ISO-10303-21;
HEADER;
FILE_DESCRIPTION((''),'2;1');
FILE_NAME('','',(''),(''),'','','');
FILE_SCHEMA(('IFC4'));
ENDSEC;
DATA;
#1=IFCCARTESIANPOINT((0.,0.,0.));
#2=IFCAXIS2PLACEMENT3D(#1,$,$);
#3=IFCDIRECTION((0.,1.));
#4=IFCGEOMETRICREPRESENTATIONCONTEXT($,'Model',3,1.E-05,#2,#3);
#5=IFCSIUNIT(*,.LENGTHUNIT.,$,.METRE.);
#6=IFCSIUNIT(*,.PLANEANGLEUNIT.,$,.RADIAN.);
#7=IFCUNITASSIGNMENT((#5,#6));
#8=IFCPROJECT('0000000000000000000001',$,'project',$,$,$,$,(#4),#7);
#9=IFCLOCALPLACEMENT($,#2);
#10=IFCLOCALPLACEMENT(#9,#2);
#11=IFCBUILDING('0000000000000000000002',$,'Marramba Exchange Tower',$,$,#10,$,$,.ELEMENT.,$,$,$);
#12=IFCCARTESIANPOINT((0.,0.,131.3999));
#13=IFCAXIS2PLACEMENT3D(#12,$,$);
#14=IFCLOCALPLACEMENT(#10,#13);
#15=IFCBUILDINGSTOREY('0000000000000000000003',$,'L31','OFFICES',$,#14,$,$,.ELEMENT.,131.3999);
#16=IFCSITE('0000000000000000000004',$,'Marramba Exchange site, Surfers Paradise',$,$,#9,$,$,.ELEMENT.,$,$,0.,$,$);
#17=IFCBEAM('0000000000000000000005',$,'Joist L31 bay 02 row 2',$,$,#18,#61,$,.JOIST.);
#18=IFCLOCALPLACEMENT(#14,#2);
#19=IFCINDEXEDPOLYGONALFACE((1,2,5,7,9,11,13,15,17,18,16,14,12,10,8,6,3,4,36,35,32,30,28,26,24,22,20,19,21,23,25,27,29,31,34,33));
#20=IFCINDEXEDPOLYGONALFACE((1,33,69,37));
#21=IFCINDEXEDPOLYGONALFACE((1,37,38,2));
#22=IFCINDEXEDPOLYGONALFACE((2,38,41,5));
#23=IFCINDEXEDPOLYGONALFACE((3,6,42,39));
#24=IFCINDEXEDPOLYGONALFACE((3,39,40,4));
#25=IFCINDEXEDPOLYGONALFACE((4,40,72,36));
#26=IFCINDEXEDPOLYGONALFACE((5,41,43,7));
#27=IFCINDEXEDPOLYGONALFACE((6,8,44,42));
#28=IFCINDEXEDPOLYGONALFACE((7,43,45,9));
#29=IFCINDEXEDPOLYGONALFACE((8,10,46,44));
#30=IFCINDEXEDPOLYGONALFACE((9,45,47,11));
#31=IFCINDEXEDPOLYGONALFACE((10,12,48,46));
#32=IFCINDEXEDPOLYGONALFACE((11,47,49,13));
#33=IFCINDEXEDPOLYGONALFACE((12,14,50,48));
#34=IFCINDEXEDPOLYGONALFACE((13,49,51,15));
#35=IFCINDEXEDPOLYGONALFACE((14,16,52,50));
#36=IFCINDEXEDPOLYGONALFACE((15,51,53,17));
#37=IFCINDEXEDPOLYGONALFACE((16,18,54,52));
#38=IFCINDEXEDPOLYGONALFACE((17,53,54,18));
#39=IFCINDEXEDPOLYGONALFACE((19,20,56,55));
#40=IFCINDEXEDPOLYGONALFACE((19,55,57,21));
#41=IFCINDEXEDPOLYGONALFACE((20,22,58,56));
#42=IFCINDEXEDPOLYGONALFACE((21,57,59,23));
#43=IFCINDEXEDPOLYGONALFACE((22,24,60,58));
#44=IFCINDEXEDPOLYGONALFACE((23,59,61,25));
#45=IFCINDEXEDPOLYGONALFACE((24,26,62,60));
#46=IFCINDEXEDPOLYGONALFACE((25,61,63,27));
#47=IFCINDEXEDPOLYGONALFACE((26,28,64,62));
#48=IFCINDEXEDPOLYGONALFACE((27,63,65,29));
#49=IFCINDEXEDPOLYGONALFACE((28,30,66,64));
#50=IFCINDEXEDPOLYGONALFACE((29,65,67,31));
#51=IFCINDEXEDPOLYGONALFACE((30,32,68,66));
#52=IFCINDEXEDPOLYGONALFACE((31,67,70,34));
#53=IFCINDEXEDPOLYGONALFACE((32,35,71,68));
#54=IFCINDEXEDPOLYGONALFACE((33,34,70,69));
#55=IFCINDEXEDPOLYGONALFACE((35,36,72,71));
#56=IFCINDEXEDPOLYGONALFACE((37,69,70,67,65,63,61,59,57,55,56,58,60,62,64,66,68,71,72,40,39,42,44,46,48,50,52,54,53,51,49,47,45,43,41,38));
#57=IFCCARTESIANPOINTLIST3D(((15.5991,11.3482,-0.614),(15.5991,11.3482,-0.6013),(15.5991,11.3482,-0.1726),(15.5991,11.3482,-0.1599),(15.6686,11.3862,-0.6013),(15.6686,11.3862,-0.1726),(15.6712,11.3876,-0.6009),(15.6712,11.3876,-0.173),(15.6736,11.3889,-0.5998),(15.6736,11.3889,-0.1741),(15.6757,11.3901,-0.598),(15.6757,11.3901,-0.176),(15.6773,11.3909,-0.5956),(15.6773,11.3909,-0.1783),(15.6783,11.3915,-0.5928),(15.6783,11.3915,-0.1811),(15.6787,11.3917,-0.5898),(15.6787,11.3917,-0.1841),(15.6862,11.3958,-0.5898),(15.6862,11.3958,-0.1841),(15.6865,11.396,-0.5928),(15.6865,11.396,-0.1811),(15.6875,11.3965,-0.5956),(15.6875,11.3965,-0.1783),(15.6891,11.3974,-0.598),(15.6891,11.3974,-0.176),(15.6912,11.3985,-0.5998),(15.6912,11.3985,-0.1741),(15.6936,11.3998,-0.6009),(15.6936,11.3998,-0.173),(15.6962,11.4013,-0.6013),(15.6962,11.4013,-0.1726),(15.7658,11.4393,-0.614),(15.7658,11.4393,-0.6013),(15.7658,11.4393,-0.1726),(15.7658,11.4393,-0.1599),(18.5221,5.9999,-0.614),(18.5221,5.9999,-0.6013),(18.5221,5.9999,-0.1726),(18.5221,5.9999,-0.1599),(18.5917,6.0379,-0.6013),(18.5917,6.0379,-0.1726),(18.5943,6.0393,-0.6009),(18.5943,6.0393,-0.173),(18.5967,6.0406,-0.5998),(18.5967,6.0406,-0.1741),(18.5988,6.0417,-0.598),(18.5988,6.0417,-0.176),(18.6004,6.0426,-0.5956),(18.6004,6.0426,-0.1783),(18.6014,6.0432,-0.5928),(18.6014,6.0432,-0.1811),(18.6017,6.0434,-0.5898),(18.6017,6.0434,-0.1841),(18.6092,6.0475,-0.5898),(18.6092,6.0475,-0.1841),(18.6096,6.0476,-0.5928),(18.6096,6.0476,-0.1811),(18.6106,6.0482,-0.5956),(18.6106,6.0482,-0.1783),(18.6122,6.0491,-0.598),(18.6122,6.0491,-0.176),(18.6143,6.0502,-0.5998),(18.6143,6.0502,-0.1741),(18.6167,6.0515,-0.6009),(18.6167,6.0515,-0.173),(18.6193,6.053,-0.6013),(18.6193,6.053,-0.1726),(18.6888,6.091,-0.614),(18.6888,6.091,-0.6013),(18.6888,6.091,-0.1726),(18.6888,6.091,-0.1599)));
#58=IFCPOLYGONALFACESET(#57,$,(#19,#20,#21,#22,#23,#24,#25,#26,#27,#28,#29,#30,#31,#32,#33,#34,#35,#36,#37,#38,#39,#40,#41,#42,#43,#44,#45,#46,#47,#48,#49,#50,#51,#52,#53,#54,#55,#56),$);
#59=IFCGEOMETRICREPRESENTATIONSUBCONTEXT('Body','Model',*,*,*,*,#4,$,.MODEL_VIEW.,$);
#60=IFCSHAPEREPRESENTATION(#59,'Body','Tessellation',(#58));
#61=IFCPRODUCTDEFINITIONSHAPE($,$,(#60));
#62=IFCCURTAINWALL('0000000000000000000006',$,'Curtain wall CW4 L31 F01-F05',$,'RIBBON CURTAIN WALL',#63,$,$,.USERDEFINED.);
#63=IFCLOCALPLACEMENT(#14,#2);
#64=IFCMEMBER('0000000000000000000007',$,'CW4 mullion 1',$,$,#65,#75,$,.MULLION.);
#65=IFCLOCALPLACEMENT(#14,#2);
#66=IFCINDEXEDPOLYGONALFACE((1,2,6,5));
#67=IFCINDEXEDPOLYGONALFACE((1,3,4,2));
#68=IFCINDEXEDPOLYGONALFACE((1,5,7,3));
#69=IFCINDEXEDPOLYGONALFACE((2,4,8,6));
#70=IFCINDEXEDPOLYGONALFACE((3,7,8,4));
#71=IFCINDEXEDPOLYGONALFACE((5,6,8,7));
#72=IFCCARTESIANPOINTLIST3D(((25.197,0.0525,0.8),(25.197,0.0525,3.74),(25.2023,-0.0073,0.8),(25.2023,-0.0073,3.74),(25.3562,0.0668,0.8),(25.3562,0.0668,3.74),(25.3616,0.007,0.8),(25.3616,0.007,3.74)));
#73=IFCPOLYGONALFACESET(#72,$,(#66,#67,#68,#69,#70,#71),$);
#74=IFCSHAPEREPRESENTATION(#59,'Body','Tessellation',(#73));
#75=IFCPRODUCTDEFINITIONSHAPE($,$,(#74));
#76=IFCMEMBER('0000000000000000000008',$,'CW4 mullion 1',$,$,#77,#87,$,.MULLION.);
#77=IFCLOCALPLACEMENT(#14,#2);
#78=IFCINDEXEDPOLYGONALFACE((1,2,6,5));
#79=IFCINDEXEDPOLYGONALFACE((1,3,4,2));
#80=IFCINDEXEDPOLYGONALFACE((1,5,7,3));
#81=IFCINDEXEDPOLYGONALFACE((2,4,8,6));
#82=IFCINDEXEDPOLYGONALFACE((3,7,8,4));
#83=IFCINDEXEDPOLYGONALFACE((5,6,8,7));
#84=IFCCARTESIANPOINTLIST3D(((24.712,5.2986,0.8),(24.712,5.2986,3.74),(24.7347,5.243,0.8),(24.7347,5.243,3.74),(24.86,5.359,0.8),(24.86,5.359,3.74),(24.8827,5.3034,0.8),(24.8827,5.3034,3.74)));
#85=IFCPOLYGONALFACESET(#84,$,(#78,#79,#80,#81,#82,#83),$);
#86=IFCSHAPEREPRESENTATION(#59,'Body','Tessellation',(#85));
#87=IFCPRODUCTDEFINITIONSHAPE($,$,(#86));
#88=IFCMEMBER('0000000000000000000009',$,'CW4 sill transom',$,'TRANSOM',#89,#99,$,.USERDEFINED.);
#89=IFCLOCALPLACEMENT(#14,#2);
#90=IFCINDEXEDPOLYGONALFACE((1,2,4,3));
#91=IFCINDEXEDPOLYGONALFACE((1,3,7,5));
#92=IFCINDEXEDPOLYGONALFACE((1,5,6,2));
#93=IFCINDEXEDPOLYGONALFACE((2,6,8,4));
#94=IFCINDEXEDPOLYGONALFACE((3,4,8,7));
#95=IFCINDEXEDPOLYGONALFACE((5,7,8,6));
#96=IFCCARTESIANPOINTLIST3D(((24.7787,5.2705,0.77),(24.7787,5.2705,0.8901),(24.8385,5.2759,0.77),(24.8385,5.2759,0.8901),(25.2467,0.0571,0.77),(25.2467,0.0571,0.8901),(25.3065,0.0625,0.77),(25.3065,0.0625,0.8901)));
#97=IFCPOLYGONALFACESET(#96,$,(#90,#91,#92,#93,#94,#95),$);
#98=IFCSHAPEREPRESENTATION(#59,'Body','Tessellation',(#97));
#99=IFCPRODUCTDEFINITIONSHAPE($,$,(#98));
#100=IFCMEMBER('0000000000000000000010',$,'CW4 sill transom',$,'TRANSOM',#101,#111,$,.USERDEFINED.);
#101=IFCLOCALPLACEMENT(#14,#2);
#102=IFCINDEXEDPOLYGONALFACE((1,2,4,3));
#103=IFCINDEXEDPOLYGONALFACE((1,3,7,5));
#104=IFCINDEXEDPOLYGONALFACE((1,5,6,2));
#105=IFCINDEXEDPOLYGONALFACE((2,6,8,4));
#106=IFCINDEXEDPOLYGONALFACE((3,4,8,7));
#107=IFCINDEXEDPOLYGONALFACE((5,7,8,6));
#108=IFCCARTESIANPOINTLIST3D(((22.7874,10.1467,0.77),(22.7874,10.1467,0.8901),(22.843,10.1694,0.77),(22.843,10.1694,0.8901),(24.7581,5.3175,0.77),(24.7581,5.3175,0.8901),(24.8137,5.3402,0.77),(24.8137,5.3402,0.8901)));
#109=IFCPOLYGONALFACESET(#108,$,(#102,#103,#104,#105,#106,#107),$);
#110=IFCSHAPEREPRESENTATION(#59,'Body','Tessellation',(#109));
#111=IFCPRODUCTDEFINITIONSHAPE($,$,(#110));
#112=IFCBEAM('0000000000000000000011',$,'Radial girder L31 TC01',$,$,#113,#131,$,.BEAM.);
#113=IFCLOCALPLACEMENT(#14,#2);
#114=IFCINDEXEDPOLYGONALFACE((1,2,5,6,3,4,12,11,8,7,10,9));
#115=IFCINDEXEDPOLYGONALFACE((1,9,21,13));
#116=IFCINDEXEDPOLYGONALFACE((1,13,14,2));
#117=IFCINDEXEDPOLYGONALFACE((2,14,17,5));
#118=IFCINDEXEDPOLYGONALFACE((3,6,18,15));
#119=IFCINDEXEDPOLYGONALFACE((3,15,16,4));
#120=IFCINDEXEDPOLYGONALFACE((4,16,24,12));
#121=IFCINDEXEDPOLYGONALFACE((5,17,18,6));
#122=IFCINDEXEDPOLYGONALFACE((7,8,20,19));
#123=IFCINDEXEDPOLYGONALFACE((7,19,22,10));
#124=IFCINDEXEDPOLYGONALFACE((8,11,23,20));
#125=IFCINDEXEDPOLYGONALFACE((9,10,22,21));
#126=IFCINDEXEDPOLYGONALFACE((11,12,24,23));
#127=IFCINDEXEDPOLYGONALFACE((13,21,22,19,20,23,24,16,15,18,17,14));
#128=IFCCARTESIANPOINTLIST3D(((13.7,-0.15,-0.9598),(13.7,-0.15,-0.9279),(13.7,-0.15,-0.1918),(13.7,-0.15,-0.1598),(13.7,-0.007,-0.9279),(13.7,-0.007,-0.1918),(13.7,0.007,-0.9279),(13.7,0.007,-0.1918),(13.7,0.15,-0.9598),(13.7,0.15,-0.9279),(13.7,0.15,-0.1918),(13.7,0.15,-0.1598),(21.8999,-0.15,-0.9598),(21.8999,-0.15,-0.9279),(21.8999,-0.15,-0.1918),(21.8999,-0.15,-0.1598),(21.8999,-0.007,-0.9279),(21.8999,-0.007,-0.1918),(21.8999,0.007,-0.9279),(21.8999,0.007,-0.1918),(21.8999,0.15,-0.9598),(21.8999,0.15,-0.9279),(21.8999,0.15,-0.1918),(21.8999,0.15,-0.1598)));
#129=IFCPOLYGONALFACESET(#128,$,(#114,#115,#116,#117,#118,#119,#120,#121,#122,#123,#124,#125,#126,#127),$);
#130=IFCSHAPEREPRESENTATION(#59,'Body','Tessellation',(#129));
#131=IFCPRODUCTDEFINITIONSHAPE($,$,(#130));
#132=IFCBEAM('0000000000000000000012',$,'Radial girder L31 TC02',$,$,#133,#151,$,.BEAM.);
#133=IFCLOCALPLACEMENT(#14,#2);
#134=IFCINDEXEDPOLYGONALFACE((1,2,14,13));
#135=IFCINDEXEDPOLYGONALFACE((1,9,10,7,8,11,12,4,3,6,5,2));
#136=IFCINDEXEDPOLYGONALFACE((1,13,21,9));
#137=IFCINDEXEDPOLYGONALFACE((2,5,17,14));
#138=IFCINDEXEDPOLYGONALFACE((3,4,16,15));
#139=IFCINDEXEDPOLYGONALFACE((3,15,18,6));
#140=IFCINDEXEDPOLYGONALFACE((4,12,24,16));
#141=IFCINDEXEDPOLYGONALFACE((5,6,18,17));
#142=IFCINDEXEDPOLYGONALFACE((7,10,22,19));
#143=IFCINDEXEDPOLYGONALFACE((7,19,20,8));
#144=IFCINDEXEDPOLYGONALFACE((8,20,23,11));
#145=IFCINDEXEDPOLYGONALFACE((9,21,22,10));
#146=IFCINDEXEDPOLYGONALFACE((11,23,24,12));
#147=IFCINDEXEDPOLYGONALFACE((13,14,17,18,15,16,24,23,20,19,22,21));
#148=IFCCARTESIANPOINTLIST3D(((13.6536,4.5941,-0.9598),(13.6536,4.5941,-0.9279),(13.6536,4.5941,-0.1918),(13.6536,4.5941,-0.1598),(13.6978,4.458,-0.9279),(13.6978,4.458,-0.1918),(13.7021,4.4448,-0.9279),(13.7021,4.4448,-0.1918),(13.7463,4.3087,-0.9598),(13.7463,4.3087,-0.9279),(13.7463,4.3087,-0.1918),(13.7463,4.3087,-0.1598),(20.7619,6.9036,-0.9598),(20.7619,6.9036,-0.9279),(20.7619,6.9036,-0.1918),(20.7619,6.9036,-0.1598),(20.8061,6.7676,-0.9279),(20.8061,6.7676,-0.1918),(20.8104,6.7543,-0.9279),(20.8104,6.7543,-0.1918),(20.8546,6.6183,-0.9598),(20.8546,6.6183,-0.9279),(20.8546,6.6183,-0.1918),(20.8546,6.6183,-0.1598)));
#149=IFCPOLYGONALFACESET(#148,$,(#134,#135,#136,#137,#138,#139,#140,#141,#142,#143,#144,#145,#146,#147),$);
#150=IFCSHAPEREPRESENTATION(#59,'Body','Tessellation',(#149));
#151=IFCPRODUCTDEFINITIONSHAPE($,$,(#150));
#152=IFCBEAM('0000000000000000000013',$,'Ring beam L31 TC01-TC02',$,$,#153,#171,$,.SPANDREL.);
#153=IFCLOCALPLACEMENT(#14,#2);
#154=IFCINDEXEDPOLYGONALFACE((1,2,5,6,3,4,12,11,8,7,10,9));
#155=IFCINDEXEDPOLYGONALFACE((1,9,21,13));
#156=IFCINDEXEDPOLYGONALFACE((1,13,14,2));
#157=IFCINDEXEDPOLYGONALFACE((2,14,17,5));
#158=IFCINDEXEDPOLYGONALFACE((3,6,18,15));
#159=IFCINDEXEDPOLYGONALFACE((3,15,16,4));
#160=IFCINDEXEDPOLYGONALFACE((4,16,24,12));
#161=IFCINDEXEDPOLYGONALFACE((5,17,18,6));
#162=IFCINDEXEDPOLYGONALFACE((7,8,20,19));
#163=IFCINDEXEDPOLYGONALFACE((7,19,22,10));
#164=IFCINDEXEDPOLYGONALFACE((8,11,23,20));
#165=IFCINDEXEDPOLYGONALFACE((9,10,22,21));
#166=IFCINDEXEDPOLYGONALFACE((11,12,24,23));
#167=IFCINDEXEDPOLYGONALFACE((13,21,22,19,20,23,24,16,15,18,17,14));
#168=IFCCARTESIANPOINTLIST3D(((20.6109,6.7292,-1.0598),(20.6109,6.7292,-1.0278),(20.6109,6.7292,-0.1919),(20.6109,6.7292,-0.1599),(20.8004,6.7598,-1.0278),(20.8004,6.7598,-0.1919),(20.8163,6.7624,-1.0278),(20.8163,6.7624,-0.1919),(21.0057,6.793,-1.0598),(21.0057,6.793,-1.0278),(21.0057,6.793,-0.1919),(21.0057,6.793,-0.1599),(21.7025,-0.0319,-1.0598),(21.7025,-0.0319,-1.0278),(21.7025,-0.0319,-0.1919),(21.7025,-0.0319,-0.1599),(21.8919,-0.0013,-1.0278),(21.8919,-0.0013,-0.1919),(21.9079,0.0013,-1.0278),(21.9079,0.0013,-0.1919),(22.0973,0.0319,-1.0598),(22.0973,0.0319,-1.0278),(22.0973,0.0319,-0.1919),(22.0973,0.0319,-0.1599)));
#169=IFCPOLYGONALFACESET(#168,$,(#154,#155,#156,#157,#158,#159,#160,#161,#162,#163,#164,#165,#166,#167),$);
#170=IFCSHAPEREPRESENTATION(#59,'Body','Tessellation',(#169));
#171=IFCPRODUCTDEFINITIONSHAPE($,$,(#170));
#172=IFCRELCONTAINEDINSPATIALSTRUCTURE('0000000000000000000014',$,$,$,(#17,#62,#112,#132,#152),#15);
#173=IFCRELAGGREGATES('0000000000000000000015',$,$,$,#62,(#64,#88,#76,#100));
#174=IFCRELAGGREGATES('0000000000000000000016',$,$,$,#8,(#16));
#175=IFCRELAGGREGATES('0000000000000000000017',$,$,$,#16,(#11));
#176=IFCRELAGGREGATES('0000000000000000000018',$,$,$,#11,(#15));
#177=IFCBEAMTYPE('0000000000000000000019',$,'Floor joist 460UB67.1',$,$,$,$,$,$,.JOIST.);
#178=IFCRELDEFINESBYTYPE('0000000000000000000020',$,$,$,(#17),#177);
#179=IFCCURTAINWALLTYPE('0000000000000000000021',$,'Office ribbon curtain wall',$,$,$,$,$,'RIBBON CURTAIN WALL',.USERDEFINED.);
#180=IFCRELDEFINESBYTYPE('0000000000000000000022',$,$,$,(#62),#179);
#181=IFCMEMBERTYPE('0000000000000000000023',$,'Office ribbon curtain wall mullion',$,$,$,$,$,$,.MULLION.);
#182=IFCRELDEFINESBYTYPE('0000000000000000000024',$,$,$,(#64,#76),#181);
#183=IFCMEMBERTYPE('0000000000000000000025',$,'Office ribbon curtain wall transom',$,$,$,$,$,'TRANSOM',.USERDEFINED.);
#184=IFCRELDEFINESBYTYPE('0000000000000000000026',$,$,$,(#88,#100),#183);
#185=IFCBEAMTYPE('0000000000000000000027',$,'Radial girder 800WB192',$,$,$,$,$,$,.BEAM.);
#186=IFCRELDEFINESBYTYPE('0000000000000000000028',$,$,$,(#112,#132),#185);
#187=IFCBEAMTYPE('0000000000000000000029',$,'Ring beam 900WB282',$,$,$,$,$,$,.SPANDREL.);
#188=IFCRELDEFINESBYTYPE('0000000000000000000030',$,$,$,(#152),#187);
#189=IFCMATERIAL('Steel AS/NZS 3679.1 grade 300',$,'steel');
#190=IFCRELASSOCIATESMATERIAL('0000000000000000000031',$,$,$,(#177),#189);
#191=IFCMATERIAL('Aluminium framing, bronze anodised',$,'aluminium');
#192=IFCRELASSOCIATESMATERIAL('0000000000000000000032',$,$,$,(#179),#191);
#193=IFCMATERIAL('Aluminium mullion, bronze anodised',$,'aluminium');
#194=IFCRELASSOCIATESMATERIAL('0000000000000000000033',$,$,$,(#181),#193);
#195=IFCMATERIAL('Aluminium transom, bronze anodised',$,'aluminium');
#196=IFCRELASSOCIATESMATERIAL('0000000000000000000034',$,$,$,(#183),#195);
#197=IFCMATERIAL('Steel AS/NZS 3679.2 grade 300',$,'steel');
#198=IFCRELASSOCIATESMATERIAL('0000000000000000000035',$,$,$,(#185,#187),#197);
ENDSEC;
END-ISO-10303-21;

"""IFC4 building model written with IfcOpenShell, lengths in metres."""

from ifc_helpers import new_model, si_unit, direction, frame, origin, origin_2d, place, context, subcontext, project, spatial, rectangle, i_section, extrude, material, material_profile, profile_set, type_object, element, aggregate, save


model = new_model("IFC4")

# Units and contexts
model_context = context("Model", 3, precision=1e-05, world=origin(), true_north=direction((0.0, 1.0)))
body_context = subcontext(model_context, "Body", "Model", "MODEL_VIEW")
ifc_project = project(units=[si_unit("LENGTHUNIT", "METRE"), si_unit("PLANEANGLEUNIT", "RADIAN")], contexts=[model_context])

# Site, building, storey
site_placement = place(None, origin())
site = spatial("IfcSite", under=ifc_project, at=site_placement, Name="Marramba Exchange site, Surfers Paradise", CompositionType="ELEMENT", RefElevation=0.0)
building_placement = place(site_placement, origin())
building = spatial("IfcBuilding", under=site, at=building_placement, Name="Marramba Exchange Tower", CompositionType="ELEMENT")
storey_placement = place(building_placement, frame((0.0, 0.0, 131.3999)))
storey = spatial("IfcBuildingStorey", under=building, at=storey_placement, Name="L31", Description="OFFICES", CompositionType="ELEMENT", Elevation=131.3999)

# Beam
ifc_material_1 = material(Name="Steel AS/NZS 3679.2 grade 300", Category="steel")
ifc_material_2 = material(Name="Steel AS/NZS 3679.1 grade 300", Category="steel")
ifc_material_profile_1 = material_profile(ifc_material_2, i_section(OverallWidth=0.1899, OverallDepth=0.4541, WebThickness=0.0085, FlangeThickness=0.0127, FilletRadius=0.0115, at=origin_2d()), Name="460UB67.1")
ifc_profile_set_1 = profile_set([ifc_material_profile_1], Name="Steel AS/NZS 3679.1 grade 300")
beam_type_1 = type_object("IfcBeamType", Name="Floor joist 460UB67.1", PredefinedType="JOIST", material=ifc_profile_set_1)
beam_1_placement = place(storey_placement, frame((18.6055, 6.0454, -0.387), z_axis=(-0.479584, 0.877496, 0.0), x_axis=(-0.877496, -0.479584, 0.0)))
element("IfcBeam", 1, at=beam_1_placement, inside=storey, type_object=beam_type_1, Name="Joist L31 bay 02 row 2", PredefinedType="JOIST", context=body_context, shape_type="SweptSolid", body=[
    extrude(i_section(OverallWidth=0.1899, OverallDepth=0.4541, WebThickness=0.0085, FlangeThickness=0.0127, FilletRadius=0.0115, at=origin_2d()), origin(), (0.0, 0.0, 1.0), 6.095),
])

# Curtain wall, members
ifc_material_3 = material(Name="Aluminium framing, bronze anodised", Category="aluminium")
curtain_wall_type = type_object("IfcCurtainWallType", Name="Office ribbon curtain wall", ElementType="RIBBON CURTAIN WALL", PredefinedType="USERDEFINED", material=ifc_material_3)
curtain_wall_placement = place(storey_placement, origin())
curtain_wall = element("IfcCurtainWall", 2, at=curtain_wall_placement, inside=storey, type_object=curtain_wall_type, Name="Curtain wall CW4 L31 F01-F05", ObjectType="RIBBON CURTAIN WALL", PredefinedType="USERDEFINED")
ifc_material_4 = material(Name="Aluminium mullion, bronze anodised", Category="aluminium")
ifc_material_profile_2 = material_profile(ifc_material_4, rectangle(XDim=0.1599, YDim=0.0601, at=origin_2d()), Name="CW4 mullion 60x160")
ifc_profile_set_2 = profile_set([ifc_material_profile_2], Name="Aluminium mullion, bronze anodised")
member_type_1 = type_object("IfcMemberType", Name="Office ribbon curtain wall mullion", PredefinedType="MULLION", material=ifc_profile_set_2)
member_1_placement = place(storey_placement, frame((25.2793, 0.0298, 0.8), z_axis=(0.0, 0.0, 1.0), x_axis=(-0.995995, -0.089413, 0.0)))
member_1 = element("IfcMember", 3, at=member_1_placement, type_object=member_type_1, Name="CW4 mullion 1", PredefinedType="MULLION", context=body_context, shape_type="SweptSolid", body=[
    extrude(rectangle(XDim=0.1599, YDim=0.0601, at=origin_2d()), origin(), (0.0, 0.0, 1.0), 2.9399),
])
member_2_placement = place(storey_placement, frame((24.7974, 5.301, 0.8), z_axis=(0.0, 0.0, 1.0), x_axis=(-0.925879, -0.377821, 0.0)))
member_2 = element("IfcMember", 4, at=member_2_placement, type_object=member_type_1, Name="CW4 mullion 1", PredefinedType="MULLION", context=body_context, shape_type="SweptSolid", body=[
    extrude(rectangle(XDim=0.1599, YDim=0.0601, at=origin_2d()), origin(), (0.0, 0.0, 1.0), 2.9399),
])
ifc_material_5 = material(Name="Aluminium transom, bronze anodised", Category="aluminium")
ifc_material_profile_3 = material_profile(ifc_material_5, rectangle(XDim=0.0601, YDim=0.1201, at=origin_2d()), Name="CW4 transom 60x120")
ifc_profile_set_3 = profile_set([ifc_material_profile_3], Name="Aluminium transom, bronze anodised")
member_type_2 = type_object("IfcMemberType", Name="Office ribbon curtain wall transom", ElementType="TRANSOM", PredefinedType="USERDEFINED", material=ifc_profile_set_3)
member_3_placement = place(storey_placement, frame((25.2766, 0.0598, 0.8301), z_axis=(-0.089413, 0.995995, 0.0), x_axis=(-0.995995, -0.089413, 0.0)))
member_3 = element("IfcMember", 5, at=member_3_placement, type_object=member_type_2, Name="CW4 sill transom", ObjectType="TRANSOM", PredefinedType="USERDEFINED", context=body_context, shape_type="SweptSolid", body=[
    extrude(rectangle(XDim=0.0601, YDim=0.1201, at=origin_2d()), origin(), (0.0, 0.0, 1.0), 5.2344),
])
member_4_placement = place(storey_placement, frame((24.7859, 5.3289, 0.8301), z_axis=(-0.377838, 0.925872, 0.0), x_axis=(-0.925872, -0.377838, 0.0)))
member_4 = element("IfcMember", 6, at=member_4_placement, type_object=member_type_2, Name="CW4 sill transom", ObjectType="TRANSOM", PredefinedType="USERDEFINED", context=body_context, shape_type="SweptSolid", body=[
    extrude(rectangle(XDim=0.0601, YDim=0.1201, at=origin_2d()), origin(), (0.0, 0.0, 1.0), 5.2158),
])

# Beams
ifc_material_profile_4 = material_profile(ifc_material_1, i_section(OverallWidth=0.3, OverallDepth=0.8, WebThickness=0.0139, FlangeThickness=0.032, at=origin_2d()), Name="800WB192")
ifc_profile_set_4 = profile_set([ifc_material_profile_4], Name="Steel AS/NZS 3679.2 grade 300")
beam_type_2 = type_object("IfcBeamType", Name="Radial girder 800WB192", PredefinedType="BEAM", material=ifc_profile_set_4)
beam_2_placement = place(storey_placement, frame((13.7, 0.0, -0.5598), z_axis=(1.0, 0.0, 0.0), x_axis=(0.0, 1.0, 0.0)))
element("IfcBeam", 7, at=beam_2_placement, inside=storey, type_object=beam_type_2, Name="Radial girder L31 TC01", PredefinedType="BEAM", context=body_context, shape_type="SweptSolid", body=[
    extrude(i_section(OverallWidth=0.3, OverallDepth=0.8, WebThickness=0.0139, FlangeThickness=0.032, at=origin_2d()), origin(), (0.0, 0.0, 1.0), 8.2),
])
beam_3_placement = place(storey_placement, frame((13.7, 4.4514, -0.5598), z_axis=(0.95106, 0.309006, 0.0), x_axis=(-0.309006, 0.95106, 0.0)))
element("IfcBeam", 8, at=beam_3_placement, inside=storey, type_object=beam_type_2, Name="Radial girder L31 TC02", PredefinedType="BEAM", context=body_context, shape_type="SweptSolid", body=[
    extrude(i_section(OverallWidth=0.3, OverallDepth=0.8, WebThickness=0.0139, FlangeThickness=0.032, at=origin_2d()), origin(), (0.0, 0.0, 1.0), 7.4741),
])
ifc_material_profile_5 = material_profile(ifc_material_1, i_section(OverallWidth=0.3999, OverallDepth=0.8999, WebThickness=0.0161, FlangeThickness=0.032, at=origin_2d()), Name="900WB282")
ifc_profile_set_5 = profile_set([ifc_material_profile_5], Name="Steel AS/NZS 3679.2 grade 300")
beam_type_3 = type_object("IfcBeamType", Name="Ring beam 900WB282", PredefinedType="SPANDREL", material=ifc_profile_set_5)
beam_4_placement = place(storey_placement, frame((21.8999, 0.0, -0.6099), z_axis=(-0.159385, 0.987217, 0.0), x_axis=(-0.987217, -0.159385, 0.0)))
element("IfcBeam", 9, at=beam_4_placement, inside=storey, type_object=beam_type_3, Name="Ring beam L31 TC01-TC02", PredefinedType="SPANDREL", context=body_context, shape_type="SweptSolid", body=[
    extrude(i_section(OverallWidth=0.3999, OverallDepth=0.8999, WebThickness=0.0161, FlangeThickness=0.032, at=origin_2d()), origin(), (0.0, 0.0, 1.0), 6.8486),
])

aggregate(curtain_wall, [member_1, member_3, member_2, member_4])

save(model, "model.ifc")
